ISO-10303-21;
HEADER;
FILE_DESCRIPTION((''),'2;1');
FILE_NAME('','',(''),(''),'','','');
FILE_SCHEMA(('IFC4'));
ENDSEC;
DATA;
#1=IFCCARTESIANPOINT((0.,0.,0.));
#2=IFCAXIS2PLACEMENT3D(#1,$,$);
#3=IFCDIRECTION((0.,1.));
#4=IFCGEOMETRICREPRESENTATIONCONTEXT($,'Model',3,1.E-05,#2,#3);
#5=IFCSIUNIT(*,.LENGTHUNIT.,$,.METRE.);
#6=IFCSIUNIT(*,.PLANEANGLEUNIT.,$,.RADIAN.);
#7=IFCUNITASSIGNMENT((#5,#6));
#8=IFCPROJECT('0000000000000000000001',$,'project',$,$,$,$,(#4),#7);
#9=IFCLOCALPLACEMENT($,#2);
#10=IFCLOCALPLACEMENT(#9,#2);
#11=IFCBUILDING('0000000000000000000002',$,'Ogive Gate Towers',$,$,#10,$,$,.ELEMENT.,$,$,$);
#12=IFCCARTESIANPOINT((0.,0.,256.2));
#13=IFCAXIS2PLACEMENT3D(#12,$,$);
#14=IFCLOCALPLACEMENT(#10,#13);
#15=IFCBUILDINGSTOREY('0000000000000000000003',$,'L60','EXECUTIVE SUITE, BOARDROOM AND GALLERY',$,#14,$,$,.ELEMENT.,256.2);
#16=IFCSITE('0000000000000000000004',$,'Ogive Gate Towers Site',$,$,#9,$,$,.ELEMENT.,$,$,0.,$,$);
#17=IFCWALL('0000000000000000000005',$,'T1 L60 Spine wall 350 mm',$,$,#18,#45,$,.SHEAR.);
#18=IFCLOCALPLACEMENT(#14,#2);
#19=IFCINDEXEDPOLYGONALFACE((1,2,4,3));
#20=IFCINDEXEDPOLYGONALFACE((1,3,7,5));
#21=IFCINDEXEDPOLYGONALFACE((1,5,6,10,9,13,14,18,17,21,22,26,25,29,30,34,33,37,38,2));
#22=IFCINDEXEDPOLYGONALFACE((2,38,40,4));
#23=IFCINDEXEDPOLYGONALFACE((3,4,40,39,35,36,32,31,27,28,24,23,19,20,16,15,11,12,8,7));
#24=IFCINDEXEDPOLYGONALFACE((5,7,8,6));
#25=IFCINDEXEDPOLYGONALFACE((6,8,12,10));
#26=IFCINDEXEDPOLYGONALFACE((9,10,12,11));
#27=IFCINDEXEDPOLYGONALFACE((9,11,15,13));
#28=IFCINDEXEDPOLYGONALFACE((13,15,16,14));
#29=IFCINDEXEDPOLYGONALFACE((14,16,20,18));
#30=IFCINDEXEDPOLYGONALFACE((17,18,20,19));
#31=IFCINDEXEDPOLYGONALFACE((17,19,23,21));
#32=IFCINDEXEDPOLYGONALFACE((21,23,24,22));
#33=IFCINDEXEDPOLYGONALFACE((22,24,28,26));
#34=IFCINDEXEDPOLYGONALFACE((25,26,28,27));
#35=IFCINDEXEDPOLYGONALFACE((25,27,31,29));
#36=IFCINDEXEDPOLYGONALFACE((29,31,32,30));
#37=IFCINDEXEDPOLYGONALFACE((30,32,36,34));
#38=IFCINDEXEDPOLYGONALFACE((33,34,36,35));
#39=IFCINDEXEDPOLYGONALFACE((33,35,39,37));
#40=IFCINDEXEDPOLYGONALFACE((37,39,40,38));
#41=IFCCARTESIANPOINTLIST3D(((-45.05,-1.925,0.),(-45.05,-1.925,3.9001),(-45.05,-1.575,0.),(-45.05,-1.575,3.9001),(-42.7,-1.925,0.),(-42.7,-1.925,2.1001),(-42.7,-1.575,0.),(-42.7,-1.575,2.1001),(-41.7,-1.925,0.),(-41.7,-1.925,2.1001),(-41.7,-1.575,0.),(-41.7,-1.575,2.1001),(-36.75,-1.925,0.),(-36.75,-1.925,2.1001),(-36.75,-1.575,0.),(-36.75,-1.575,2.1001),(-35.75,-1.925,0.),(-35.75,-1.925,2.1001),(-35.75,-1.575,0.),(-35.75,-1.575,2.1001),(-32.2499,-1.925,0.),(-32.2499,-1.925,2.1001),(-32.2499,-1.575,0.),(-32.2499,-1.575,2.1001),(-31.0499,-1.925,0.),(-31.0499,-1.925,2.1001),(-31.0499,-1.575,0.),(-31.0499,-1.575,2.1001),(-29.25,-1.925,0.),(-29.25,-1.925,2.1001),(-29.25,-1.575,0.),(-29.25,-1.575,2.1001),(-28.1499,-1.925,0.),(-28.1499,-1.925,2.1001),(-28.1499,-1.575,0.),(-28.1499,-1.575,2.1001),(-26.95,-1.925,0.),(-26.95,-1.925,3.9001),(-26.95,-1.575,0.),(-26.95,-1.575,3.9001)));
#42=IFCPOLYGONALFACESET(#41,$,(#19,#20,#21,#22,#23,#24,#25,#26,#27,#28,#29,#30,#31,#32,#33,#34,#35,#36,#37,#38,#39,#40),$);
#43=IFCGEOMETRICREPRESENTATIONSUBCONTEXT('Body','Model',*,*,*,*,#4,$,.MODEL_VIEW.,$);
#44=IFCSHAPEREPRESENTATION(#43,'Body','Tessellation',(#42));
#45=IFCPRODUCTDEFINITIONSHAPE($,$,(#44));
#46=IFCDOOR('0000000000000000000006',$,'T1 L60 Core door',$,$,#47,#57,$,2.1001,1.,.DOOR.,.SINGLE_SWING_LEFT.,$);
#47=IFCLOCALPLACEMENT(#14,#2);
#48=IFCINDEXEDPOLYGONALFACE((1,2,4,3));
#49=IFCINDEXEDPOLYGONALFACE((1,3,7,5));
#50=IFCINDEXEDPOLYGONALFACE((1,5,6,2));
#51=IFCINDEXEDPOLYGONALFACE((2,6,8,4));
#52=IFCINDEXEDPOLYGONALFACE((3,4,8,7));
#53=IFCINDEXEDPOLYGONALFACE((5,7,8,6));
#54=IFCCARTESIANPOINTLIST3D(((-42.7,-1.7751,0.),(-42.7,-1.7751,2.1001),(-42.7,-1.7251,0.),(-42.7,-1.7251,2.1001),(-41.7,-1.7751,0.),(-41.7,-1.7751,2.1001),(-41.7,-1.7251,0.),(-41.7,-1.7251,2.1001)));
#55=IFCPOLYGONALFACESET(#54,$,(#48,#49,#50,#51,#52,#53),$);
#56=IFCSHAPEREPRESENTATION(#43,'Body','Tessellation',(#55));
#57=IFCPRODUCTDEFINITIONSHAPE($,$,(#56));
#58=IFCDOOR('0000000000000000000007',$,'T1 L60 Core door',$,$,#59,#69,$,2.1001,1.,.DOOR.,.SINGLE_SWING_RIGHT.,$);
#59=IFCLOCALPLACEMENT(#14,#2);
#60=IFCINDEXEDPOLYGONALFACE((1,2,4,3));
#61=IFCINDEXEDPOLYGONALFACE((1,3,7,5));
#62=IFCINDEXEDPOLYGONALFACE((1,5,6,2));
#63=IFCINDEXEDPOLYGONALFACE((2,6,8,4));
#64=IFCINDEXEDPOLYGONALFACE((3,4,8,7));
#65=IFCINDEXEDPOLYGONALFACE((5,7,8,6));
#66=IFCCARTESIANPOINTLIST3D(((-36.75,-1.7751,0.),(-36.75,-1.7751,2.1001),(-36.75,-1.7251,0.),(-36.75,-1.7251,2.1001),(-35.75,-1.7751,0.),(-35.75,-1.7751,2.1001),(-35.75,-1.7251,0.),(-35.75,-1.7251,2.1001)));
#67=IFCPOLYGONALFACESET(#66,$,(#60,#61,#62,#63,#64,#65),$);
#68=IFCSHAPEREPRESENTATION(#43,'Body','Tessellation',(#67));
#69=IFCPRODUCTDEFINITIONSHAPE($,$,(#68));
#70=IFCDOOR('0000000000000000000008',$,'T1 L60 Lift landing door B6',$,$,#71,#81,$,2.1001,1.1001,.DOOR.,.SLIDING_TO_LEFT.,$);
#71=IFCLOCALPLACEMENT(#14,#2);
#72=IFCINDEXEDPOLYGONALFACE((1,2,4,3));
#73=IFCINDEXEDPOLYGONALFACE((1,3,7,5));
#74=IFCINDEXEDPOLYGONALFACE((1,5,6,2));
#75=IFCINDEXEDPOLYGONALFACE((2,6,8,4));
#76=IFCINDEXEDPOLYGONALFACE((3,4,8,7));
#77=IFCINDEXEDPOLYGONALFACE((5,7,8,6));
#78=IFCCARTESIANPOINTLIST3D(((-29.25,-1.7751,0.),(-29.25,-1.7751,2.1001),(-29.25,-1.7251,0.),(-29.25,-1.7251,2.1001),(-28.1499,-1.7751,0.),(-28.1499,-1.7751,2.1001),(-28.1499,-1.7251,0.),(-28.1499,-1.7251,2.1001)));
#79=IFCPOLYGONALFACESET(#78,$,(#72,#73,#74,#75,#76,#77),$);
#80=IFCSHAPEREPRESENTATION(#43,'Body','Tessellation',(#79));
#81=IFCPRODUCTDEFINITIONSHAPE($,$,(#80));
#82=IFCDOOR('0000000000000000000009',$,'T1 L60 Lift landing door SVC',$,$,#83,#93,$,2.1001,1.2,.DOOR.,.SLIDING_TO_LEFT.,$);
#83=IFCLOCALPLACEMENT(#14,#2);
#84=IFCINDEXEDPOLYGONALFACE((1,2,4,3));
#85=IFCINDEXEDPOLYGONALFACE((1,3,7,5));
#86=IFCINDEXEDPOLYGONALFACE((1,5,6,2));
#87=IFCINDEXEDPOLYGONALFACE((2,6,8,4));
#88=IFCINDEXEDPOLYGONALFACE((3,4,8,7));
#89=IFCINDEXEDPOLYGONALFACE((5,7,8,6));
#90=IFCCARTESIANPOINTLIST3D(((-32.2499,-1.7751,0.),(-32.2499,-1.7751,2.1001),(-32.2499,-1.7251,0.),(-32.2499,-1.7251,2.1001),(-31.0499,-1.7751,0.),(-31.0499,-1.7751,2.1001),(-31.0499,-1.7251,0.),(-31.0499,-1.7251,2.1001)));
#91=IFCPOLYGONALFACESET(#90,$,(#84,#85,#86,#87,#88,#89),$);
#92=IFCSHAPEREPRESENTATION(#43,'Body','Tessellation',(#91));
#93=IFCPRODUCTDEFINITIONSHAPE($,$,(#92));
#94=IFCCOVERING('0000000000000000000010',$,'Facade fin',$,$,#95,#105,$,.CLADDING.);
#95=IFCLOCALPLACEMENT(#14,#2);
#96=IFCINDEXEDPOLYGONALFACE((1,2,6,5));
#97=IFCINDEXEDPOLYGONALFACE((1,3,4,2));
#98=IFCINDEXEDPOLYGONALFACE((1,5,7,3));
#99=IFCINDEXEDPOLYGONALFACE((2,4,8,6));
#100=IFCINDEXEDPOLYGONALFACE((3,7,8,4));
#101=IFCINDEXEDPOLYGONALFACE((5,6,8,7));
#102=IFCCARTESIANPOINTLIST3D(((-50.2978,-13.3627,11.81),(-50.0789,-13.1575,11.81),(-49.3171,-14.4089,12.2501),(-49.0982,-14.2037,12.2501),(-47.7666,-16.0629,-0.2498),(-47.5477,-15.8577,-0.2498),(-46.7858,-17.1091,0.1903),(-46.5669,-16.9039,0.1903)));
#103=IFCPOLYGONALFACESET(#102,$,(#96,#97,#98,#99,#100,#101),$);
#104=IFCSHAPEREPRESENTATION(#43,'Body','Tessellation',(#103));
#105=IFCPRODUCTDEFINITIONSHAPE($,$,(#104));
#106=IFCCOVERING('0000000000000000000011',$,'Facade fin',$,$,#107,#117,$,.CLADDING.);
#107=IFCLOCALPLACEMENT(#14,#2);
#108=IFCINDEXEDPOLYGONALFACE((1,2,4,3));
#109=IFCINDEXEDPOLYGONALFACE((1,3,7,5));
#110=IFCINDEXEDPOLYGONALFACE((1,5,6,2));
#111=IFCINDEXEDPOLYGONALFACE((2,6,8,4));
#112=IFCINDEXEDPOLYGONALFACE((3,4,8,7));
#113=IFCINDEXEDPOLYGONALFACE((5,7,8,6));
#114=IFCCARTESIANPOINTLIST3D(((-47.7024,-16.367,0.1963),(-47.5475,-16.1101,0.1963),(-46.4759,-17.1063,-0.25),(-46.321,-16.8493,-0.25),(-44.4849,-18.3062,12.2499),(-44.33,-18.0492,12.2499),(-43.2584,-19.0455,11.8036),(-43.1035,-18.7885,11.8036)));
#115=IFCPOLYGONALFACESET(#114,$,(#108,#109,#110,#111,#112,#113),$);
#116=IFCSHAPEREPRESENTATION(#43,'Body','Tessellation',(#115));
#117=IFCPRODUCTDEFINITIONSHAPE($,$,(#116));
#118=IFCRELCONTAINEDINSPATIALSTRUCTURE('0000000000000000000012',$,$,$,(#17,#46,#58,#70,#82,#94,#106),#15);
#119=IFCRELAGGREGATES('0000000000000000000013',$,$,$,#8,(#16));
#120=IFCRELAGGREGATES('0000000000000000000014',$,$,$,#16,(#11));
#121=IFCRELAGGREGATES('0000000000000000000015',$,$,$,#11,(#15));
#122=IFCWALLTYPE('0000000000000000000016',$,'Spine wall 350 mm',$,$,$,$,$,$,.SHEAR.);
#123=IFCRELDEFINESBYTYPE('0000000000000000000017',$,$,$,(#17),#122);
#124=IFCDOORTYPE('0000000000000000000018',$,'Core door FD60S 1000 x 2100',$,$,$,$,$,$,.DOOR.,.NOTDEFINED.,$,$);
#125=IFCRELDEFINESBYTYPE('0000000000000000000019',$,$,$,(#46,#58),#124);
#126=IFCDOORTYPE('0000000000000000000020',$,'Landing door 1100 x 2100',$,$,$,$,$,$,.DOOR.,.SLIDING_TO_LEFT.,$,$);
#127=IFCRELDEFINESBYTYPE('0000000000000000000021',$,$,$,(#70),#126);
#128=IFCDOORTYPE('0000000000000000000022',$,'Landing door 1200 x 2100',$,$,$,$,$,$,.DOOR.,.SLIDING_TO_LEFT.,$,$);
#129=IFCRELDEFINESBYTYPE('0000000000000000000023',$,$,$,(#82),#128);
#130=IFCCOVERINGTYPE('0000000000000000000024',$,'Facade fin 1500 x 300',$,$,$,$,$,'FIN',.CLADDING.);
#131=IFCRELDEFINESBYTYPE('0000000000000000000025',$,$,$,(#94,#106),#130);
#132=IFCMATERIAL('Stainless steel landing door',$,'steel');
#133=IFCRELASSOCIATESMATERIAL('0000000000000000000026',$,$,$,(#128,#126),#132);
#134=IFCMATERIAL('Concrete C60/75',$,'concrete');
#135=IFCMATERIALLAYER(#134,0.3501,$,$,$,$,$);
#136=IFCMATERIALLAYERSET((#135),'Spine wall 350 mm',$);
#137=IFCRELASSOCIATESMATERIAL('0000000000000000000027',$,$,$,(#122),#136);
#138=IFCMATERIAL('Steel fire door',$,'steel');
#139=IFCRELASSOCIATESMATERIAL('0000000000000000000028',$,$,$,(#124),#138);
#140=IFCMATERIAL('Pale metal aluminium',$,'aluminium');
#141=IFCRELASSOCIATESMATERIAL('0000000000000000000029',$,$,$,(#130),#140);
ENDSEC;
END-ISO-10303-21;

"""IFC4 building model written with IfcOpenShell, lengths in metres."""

from ifc_helpers import new_model, si_unit, direction, frame, frame_2d, origin, origin_2d, place, context, subcontext, project, spatial, rectangle, extrude, material, layer, layer_set, material_profile, profile_set, type_object, element, fill, save


model = new_model("IFC4")

# Units and contexts
model_context = context("Model", 3, precision=1e-05, world=origin(), true_north=direction((0.0, 1.0)))
body_context = subcontext(model_context, "Body", "Model", "MODEL_VIEW")
ifc_project = project(units=[si_unit("LENGTHUNIT", "METRE"), si_unit("PLANEANGLEUNIT", "RADIAN")], contexts=[model_context])

# Site, building, storey
site_placement = place(None, origin())
site = spatial("IfcSite", under=ifc_project, at=site_placement, Name="Ogive Gate Towers Site", CompositionType="ELEMENT", RefElevation=0.0)
building_placement = place(site_placement, origin())
building = spatial("IfcBuilding", under=site, at=building_placement, Name="Ogive Gate Towers", CompositionType="ELEMENT")
storey_placement = place(building_placement, frame((0.0, 0.0, 256.2)))
storey = spatial("IfcBuildingStorey", under=building, at=storey_placement, Name="L60", Description="EXECUTIVE SUITE, BOARDROOM AND GALLERY", CompositionType="ELEMENT", Elevation=256.2)

# Shared definitions
ifc_material_1 = material(Name="Pale metal aluminium", Category="aluminium")

# Shared definitions
ifc_material_2 = material(Name="Concrete C60/75", Category="concrete")
ifc_material_3 = material(Name="Steel fire door", Category="steel")

# Shared definitions
ifc_material_4 = material(Name="Stainless steel landing door", Category="steel")
door_type_1 = type_object("IfcDoorType", Name="Landing door 1200 x 2100", OperationType="SLIDING_TO_LEFT", PredefinedType="DOOR", material=ifc_material_4)

# Wall, openings, doors
ifc_layer_1 = layer(ifc_material_2, 0.3501)
ifc_layer_set_1 = layer_set([ifc_layer_1], Name="Spine wall 350 mm")
wall_type_1 = type_object("IfcWallType", Name="Spine wall 350 mm", PredefinedType="SHEAR", material=ifc_layer_set_1)
wall_1_placement = place(storey_placement, frame((-45.05, -1.75, 0.0), z_axis=(0.0, 0.0, 1.0), x_axis=(1.0, 0.0, 0.0)))
wall_1 = element("IfcWall", 1, at=wall_1_placement, inside=storey, type_object=wall_type_1, Name="T1 L60 Spine wall 350 mm", PredefinedType="SHEAR", context=body_context, shape_type="SweptSolid", body=[
    extrude(rectangle(XDim=18.1001, YDim=0.3501, at=frame_2d((9.05, 0.0))), origin(), (0.0, 0.0, 1.0), 3.9001),
])
opening_1_placement = place(wall_1_placement, frame((12.8, 0.0, 0.0)))
opening_1 = element("IfcOpeningElement", 2, at=opening_1_placement, cuts=wall_1, PredefinedType="OPENING", context=body_context, shape_type="SweptSolid", body=[
    extrude(rectangle(XDim=1.2, YDim=2.1001, at=frame_2d((0.6001, 1.05))), frame((0.0, 0.1851, 0.0), z_axis=(0.0, -1.0, 0.0), x_axis=(1.0, 0.0, 0.0)), (0.0, 0.0, 1.0), 0.3701),
])
opening_2_placement = place(wall_1_placement, frame((15.8, 0.0, 0.0)))
opening_2 = element("IfcOpeningElement", 3, at=opening_2_placement, cuts=wall_1, PredefinedType="OPENING", context=body_context, shape_type="SweptSolid", body=[
    extrude(rectangle(XDim=1.1001, YDim=2.1001, at=frame_2d((0.55, 1.05))), frame((0.0, 0.1851, 0.0), z_axis=(0.0, -1.0, 0.0), x_axis=(1.0, 0.0, 0.0)), (0.0, 0.0, 1.0), 0.3701),
])
opening_3_placement = place(wall_1_placement, frame((2.3501, 0.0, 0.0)))
opening_3 = element("IfcOpeningElement", 4, at=opening_3_placement, cuts=wall_1, PredefinedType="OPENING", context=body_context, shape_type="SweptSolid", body=[
    extrude(rectangle(XDim=1.0, YDim=2.1001, at=frame_2d((0.5, 1.05))), frame((0.0, 0.1851, 0.0), z_axis=(0.0, -1.0, 0.0), x_axis=(1.0, 0.0, 0.0)), (0.0, 0.0, 1.0), 0.3701),
])
opening_4_placement = place(wall_1_placement, frame((8.3, 0.0, 0.0)))
opening_4 = element("IfcOpeningElement", 5, at=opening_4_placement, cuts=wall_1, PredefinedType="OPENING", context=body_context, shape_type="SweptSolid", body=[
    extrude(rectangle(XDim=1.0, YDim=2.1001, at=frame_2d((0.5, 1.05))), frame((0.0, 0.1851, 0.0), z_axis=(0.0, -1.0, 0.0), x_axis=(1.0, 0.0, 0.0)), (0.0, 0.0, 1.0), 0.3701),
])
door_type_2 = type_object("IfcDoorType", Name="Core door FD60S 1000 x 2100", OperationType="NOTDEFINED", PredefinedType="DOOR", material=ifc_material_3)
door_1_placement = place(opening_3_placement, origin())
door_1 = element("IfcDoor", 6, at=door_1_placement, inside=storey, type_object=door_type_2, Name="T1 L60 Core door", OperationType="SINGLE_SWING_LEFT", OverallHeight=2.1001, OverallWidth=1.0, PredefinedType="DOOR", context=body_context, shape_type="SweptSolid", body=[
    extrude(rectangle(XDim=1.0, YDim=2.1001, at=frame_2d((0.5, 1.05))), frame((0.0, 0.0249, 0.0), z_axis=(0.0, -1.0, 0.0), x_axis=(1.0, 0.0, 0.0)), (0.0, 0.0, 1.0), 0.05),
])
fill(opening_3, door_1)
door_2_placement = place(opening_4_placement, origin())
door_2 = element("IfcDoor", 7, at=door_2_placement, inside=storey, type_object=door_type_2, Name="T1 L60 Core door", OperationType="SINGLE_SWING_RIGHT", OverallHeight=2.1001, OverallWidth=1.0, PredefinedType="DOOR", context=body_context, shape_type="SweptSolid", body=[
    extrude(rectangle(XDim=1.0, YDim=2.1001, at=frame_2d((0.5, 1.05))), frame((0.0, 0.0249, 0.0), z_axis=(0.0, -1.0, 0.0), x_axis=(1.0, 0.0, 0.0)), (0.0, 0.0, 1.0), 0.05),
])
fill(opening_4, door_2)
door_type_3 = type_object("IfcDoorType", Name="Landing door 1100 x 2100", OperationType="SLIDING_TO_LEFT", PredefinedType="DOOR", material=ifc_material_4)
door_3_placement = place(opening_2_placement, origin())
door_3 = element("IfcDoor", 8, at=door_3_placement, inside=storey, type_object=door_type_3, Name="T1 L60 Lift landing door B6", OperationType="SLIDING_TO_LEFT", OverallHeight=2.1001, OverallWidth=1.1001, PredefinedType="DOOR", context=body_context, shape_type="SweptSolid", body=[
    extrude(rectangle(XDim=1.1001, YDim=2.1001, at=frame_2d((0.55, 1.05))), frame((0.0, 0.0249, 0.0), z_axis=(0.0, -1.0, 0.0), x_axis=(1.0, 0.0, 0.0)), (0.0, 0.0, 1.0), 0.05),
])
fill(opening_2, door_3)
door_4_placement = place(opening_1_placement, origin())
door_4 = element("IfcDoor", 9, at=door_4_placement, inside=storey, type_object=door_type_1, Name="T1 L60 Lift landing door SVC", OperationType="SLIDING_TO_LEFT", OverallHeight=2.1001, OverallWidth=1.2, PredefinedType="DOOR", context=body_context, shape_type="SweptSolid", body=[
    extrude(rectangle(XDim=1.2, YDim=2.1001, at=frame_2d((0.6001, 1.05))), frame((0.0, 0.0249, 0.0), z_axis=(0.0, -1.0, 0.0), x_axis=(1.0, 0.0, 0.0)), (0.0, 0.0, 1.0), 0.05),
])
fill(opening_1, door_4)

# Coverings
ifc_material_profile_1 = material_profile(ifc_material_1, rectangle(XDim=0.3, YDim=1.5, at=origin_2d()), Name="1500 x 300 pale metal aluminium")
ifc_profile_set_1 = profile_set([ifc_material_profile_1], Name="Pale metal aluminium")
covering_type = type_object("IfcCoveringType", Name="Facade fin 1500 x 300", ElementType="FIN", PredefinedType="CLADDING", material=ifc_profile_set_1)
covering_1_placement = place(storey_placement, frame((-47.1667, -16.4834, -0.0298), z_axis=(-0.200654, 0.214047, 0.955993), x_axis=(-0.729562, -0.683915, 0.0)))
element("IfcCovering", 10, at=covering_1_placement, inside=storey, type_object=covering_type, Name="Facade fin", PredefinedType="CLADDING", context=body_context, shape_type="SweptSolid", body=[
    extrude(rectangle(XDim=0.3, YDim=1.5, at=origin_2d()), origin(), (0.0, 0.0, 1.0), 12.615),
])
covering_2_placement = place(storey_placement, frame((-47.0117, -16.6082, -0.0269), z_axis=(0.254842, -0.153594, 0.954706), x_axis=(0.516196, 0.856471, 0.0)))
element("IfcCovering", 11, at=covering_2_placement, inside=storey, type_object=covering_type, Name="Facade fin", PredefinedType="CLADDING", context=body_context, shape_type="SweptSolid", body=[
    extrude(rectangle(XDim=0.3, YDim=1.5, at=origin_2d()), origin(), (0.0, 0.0, 1.0), 12.6255),
])

save(model, "model.ifc")
